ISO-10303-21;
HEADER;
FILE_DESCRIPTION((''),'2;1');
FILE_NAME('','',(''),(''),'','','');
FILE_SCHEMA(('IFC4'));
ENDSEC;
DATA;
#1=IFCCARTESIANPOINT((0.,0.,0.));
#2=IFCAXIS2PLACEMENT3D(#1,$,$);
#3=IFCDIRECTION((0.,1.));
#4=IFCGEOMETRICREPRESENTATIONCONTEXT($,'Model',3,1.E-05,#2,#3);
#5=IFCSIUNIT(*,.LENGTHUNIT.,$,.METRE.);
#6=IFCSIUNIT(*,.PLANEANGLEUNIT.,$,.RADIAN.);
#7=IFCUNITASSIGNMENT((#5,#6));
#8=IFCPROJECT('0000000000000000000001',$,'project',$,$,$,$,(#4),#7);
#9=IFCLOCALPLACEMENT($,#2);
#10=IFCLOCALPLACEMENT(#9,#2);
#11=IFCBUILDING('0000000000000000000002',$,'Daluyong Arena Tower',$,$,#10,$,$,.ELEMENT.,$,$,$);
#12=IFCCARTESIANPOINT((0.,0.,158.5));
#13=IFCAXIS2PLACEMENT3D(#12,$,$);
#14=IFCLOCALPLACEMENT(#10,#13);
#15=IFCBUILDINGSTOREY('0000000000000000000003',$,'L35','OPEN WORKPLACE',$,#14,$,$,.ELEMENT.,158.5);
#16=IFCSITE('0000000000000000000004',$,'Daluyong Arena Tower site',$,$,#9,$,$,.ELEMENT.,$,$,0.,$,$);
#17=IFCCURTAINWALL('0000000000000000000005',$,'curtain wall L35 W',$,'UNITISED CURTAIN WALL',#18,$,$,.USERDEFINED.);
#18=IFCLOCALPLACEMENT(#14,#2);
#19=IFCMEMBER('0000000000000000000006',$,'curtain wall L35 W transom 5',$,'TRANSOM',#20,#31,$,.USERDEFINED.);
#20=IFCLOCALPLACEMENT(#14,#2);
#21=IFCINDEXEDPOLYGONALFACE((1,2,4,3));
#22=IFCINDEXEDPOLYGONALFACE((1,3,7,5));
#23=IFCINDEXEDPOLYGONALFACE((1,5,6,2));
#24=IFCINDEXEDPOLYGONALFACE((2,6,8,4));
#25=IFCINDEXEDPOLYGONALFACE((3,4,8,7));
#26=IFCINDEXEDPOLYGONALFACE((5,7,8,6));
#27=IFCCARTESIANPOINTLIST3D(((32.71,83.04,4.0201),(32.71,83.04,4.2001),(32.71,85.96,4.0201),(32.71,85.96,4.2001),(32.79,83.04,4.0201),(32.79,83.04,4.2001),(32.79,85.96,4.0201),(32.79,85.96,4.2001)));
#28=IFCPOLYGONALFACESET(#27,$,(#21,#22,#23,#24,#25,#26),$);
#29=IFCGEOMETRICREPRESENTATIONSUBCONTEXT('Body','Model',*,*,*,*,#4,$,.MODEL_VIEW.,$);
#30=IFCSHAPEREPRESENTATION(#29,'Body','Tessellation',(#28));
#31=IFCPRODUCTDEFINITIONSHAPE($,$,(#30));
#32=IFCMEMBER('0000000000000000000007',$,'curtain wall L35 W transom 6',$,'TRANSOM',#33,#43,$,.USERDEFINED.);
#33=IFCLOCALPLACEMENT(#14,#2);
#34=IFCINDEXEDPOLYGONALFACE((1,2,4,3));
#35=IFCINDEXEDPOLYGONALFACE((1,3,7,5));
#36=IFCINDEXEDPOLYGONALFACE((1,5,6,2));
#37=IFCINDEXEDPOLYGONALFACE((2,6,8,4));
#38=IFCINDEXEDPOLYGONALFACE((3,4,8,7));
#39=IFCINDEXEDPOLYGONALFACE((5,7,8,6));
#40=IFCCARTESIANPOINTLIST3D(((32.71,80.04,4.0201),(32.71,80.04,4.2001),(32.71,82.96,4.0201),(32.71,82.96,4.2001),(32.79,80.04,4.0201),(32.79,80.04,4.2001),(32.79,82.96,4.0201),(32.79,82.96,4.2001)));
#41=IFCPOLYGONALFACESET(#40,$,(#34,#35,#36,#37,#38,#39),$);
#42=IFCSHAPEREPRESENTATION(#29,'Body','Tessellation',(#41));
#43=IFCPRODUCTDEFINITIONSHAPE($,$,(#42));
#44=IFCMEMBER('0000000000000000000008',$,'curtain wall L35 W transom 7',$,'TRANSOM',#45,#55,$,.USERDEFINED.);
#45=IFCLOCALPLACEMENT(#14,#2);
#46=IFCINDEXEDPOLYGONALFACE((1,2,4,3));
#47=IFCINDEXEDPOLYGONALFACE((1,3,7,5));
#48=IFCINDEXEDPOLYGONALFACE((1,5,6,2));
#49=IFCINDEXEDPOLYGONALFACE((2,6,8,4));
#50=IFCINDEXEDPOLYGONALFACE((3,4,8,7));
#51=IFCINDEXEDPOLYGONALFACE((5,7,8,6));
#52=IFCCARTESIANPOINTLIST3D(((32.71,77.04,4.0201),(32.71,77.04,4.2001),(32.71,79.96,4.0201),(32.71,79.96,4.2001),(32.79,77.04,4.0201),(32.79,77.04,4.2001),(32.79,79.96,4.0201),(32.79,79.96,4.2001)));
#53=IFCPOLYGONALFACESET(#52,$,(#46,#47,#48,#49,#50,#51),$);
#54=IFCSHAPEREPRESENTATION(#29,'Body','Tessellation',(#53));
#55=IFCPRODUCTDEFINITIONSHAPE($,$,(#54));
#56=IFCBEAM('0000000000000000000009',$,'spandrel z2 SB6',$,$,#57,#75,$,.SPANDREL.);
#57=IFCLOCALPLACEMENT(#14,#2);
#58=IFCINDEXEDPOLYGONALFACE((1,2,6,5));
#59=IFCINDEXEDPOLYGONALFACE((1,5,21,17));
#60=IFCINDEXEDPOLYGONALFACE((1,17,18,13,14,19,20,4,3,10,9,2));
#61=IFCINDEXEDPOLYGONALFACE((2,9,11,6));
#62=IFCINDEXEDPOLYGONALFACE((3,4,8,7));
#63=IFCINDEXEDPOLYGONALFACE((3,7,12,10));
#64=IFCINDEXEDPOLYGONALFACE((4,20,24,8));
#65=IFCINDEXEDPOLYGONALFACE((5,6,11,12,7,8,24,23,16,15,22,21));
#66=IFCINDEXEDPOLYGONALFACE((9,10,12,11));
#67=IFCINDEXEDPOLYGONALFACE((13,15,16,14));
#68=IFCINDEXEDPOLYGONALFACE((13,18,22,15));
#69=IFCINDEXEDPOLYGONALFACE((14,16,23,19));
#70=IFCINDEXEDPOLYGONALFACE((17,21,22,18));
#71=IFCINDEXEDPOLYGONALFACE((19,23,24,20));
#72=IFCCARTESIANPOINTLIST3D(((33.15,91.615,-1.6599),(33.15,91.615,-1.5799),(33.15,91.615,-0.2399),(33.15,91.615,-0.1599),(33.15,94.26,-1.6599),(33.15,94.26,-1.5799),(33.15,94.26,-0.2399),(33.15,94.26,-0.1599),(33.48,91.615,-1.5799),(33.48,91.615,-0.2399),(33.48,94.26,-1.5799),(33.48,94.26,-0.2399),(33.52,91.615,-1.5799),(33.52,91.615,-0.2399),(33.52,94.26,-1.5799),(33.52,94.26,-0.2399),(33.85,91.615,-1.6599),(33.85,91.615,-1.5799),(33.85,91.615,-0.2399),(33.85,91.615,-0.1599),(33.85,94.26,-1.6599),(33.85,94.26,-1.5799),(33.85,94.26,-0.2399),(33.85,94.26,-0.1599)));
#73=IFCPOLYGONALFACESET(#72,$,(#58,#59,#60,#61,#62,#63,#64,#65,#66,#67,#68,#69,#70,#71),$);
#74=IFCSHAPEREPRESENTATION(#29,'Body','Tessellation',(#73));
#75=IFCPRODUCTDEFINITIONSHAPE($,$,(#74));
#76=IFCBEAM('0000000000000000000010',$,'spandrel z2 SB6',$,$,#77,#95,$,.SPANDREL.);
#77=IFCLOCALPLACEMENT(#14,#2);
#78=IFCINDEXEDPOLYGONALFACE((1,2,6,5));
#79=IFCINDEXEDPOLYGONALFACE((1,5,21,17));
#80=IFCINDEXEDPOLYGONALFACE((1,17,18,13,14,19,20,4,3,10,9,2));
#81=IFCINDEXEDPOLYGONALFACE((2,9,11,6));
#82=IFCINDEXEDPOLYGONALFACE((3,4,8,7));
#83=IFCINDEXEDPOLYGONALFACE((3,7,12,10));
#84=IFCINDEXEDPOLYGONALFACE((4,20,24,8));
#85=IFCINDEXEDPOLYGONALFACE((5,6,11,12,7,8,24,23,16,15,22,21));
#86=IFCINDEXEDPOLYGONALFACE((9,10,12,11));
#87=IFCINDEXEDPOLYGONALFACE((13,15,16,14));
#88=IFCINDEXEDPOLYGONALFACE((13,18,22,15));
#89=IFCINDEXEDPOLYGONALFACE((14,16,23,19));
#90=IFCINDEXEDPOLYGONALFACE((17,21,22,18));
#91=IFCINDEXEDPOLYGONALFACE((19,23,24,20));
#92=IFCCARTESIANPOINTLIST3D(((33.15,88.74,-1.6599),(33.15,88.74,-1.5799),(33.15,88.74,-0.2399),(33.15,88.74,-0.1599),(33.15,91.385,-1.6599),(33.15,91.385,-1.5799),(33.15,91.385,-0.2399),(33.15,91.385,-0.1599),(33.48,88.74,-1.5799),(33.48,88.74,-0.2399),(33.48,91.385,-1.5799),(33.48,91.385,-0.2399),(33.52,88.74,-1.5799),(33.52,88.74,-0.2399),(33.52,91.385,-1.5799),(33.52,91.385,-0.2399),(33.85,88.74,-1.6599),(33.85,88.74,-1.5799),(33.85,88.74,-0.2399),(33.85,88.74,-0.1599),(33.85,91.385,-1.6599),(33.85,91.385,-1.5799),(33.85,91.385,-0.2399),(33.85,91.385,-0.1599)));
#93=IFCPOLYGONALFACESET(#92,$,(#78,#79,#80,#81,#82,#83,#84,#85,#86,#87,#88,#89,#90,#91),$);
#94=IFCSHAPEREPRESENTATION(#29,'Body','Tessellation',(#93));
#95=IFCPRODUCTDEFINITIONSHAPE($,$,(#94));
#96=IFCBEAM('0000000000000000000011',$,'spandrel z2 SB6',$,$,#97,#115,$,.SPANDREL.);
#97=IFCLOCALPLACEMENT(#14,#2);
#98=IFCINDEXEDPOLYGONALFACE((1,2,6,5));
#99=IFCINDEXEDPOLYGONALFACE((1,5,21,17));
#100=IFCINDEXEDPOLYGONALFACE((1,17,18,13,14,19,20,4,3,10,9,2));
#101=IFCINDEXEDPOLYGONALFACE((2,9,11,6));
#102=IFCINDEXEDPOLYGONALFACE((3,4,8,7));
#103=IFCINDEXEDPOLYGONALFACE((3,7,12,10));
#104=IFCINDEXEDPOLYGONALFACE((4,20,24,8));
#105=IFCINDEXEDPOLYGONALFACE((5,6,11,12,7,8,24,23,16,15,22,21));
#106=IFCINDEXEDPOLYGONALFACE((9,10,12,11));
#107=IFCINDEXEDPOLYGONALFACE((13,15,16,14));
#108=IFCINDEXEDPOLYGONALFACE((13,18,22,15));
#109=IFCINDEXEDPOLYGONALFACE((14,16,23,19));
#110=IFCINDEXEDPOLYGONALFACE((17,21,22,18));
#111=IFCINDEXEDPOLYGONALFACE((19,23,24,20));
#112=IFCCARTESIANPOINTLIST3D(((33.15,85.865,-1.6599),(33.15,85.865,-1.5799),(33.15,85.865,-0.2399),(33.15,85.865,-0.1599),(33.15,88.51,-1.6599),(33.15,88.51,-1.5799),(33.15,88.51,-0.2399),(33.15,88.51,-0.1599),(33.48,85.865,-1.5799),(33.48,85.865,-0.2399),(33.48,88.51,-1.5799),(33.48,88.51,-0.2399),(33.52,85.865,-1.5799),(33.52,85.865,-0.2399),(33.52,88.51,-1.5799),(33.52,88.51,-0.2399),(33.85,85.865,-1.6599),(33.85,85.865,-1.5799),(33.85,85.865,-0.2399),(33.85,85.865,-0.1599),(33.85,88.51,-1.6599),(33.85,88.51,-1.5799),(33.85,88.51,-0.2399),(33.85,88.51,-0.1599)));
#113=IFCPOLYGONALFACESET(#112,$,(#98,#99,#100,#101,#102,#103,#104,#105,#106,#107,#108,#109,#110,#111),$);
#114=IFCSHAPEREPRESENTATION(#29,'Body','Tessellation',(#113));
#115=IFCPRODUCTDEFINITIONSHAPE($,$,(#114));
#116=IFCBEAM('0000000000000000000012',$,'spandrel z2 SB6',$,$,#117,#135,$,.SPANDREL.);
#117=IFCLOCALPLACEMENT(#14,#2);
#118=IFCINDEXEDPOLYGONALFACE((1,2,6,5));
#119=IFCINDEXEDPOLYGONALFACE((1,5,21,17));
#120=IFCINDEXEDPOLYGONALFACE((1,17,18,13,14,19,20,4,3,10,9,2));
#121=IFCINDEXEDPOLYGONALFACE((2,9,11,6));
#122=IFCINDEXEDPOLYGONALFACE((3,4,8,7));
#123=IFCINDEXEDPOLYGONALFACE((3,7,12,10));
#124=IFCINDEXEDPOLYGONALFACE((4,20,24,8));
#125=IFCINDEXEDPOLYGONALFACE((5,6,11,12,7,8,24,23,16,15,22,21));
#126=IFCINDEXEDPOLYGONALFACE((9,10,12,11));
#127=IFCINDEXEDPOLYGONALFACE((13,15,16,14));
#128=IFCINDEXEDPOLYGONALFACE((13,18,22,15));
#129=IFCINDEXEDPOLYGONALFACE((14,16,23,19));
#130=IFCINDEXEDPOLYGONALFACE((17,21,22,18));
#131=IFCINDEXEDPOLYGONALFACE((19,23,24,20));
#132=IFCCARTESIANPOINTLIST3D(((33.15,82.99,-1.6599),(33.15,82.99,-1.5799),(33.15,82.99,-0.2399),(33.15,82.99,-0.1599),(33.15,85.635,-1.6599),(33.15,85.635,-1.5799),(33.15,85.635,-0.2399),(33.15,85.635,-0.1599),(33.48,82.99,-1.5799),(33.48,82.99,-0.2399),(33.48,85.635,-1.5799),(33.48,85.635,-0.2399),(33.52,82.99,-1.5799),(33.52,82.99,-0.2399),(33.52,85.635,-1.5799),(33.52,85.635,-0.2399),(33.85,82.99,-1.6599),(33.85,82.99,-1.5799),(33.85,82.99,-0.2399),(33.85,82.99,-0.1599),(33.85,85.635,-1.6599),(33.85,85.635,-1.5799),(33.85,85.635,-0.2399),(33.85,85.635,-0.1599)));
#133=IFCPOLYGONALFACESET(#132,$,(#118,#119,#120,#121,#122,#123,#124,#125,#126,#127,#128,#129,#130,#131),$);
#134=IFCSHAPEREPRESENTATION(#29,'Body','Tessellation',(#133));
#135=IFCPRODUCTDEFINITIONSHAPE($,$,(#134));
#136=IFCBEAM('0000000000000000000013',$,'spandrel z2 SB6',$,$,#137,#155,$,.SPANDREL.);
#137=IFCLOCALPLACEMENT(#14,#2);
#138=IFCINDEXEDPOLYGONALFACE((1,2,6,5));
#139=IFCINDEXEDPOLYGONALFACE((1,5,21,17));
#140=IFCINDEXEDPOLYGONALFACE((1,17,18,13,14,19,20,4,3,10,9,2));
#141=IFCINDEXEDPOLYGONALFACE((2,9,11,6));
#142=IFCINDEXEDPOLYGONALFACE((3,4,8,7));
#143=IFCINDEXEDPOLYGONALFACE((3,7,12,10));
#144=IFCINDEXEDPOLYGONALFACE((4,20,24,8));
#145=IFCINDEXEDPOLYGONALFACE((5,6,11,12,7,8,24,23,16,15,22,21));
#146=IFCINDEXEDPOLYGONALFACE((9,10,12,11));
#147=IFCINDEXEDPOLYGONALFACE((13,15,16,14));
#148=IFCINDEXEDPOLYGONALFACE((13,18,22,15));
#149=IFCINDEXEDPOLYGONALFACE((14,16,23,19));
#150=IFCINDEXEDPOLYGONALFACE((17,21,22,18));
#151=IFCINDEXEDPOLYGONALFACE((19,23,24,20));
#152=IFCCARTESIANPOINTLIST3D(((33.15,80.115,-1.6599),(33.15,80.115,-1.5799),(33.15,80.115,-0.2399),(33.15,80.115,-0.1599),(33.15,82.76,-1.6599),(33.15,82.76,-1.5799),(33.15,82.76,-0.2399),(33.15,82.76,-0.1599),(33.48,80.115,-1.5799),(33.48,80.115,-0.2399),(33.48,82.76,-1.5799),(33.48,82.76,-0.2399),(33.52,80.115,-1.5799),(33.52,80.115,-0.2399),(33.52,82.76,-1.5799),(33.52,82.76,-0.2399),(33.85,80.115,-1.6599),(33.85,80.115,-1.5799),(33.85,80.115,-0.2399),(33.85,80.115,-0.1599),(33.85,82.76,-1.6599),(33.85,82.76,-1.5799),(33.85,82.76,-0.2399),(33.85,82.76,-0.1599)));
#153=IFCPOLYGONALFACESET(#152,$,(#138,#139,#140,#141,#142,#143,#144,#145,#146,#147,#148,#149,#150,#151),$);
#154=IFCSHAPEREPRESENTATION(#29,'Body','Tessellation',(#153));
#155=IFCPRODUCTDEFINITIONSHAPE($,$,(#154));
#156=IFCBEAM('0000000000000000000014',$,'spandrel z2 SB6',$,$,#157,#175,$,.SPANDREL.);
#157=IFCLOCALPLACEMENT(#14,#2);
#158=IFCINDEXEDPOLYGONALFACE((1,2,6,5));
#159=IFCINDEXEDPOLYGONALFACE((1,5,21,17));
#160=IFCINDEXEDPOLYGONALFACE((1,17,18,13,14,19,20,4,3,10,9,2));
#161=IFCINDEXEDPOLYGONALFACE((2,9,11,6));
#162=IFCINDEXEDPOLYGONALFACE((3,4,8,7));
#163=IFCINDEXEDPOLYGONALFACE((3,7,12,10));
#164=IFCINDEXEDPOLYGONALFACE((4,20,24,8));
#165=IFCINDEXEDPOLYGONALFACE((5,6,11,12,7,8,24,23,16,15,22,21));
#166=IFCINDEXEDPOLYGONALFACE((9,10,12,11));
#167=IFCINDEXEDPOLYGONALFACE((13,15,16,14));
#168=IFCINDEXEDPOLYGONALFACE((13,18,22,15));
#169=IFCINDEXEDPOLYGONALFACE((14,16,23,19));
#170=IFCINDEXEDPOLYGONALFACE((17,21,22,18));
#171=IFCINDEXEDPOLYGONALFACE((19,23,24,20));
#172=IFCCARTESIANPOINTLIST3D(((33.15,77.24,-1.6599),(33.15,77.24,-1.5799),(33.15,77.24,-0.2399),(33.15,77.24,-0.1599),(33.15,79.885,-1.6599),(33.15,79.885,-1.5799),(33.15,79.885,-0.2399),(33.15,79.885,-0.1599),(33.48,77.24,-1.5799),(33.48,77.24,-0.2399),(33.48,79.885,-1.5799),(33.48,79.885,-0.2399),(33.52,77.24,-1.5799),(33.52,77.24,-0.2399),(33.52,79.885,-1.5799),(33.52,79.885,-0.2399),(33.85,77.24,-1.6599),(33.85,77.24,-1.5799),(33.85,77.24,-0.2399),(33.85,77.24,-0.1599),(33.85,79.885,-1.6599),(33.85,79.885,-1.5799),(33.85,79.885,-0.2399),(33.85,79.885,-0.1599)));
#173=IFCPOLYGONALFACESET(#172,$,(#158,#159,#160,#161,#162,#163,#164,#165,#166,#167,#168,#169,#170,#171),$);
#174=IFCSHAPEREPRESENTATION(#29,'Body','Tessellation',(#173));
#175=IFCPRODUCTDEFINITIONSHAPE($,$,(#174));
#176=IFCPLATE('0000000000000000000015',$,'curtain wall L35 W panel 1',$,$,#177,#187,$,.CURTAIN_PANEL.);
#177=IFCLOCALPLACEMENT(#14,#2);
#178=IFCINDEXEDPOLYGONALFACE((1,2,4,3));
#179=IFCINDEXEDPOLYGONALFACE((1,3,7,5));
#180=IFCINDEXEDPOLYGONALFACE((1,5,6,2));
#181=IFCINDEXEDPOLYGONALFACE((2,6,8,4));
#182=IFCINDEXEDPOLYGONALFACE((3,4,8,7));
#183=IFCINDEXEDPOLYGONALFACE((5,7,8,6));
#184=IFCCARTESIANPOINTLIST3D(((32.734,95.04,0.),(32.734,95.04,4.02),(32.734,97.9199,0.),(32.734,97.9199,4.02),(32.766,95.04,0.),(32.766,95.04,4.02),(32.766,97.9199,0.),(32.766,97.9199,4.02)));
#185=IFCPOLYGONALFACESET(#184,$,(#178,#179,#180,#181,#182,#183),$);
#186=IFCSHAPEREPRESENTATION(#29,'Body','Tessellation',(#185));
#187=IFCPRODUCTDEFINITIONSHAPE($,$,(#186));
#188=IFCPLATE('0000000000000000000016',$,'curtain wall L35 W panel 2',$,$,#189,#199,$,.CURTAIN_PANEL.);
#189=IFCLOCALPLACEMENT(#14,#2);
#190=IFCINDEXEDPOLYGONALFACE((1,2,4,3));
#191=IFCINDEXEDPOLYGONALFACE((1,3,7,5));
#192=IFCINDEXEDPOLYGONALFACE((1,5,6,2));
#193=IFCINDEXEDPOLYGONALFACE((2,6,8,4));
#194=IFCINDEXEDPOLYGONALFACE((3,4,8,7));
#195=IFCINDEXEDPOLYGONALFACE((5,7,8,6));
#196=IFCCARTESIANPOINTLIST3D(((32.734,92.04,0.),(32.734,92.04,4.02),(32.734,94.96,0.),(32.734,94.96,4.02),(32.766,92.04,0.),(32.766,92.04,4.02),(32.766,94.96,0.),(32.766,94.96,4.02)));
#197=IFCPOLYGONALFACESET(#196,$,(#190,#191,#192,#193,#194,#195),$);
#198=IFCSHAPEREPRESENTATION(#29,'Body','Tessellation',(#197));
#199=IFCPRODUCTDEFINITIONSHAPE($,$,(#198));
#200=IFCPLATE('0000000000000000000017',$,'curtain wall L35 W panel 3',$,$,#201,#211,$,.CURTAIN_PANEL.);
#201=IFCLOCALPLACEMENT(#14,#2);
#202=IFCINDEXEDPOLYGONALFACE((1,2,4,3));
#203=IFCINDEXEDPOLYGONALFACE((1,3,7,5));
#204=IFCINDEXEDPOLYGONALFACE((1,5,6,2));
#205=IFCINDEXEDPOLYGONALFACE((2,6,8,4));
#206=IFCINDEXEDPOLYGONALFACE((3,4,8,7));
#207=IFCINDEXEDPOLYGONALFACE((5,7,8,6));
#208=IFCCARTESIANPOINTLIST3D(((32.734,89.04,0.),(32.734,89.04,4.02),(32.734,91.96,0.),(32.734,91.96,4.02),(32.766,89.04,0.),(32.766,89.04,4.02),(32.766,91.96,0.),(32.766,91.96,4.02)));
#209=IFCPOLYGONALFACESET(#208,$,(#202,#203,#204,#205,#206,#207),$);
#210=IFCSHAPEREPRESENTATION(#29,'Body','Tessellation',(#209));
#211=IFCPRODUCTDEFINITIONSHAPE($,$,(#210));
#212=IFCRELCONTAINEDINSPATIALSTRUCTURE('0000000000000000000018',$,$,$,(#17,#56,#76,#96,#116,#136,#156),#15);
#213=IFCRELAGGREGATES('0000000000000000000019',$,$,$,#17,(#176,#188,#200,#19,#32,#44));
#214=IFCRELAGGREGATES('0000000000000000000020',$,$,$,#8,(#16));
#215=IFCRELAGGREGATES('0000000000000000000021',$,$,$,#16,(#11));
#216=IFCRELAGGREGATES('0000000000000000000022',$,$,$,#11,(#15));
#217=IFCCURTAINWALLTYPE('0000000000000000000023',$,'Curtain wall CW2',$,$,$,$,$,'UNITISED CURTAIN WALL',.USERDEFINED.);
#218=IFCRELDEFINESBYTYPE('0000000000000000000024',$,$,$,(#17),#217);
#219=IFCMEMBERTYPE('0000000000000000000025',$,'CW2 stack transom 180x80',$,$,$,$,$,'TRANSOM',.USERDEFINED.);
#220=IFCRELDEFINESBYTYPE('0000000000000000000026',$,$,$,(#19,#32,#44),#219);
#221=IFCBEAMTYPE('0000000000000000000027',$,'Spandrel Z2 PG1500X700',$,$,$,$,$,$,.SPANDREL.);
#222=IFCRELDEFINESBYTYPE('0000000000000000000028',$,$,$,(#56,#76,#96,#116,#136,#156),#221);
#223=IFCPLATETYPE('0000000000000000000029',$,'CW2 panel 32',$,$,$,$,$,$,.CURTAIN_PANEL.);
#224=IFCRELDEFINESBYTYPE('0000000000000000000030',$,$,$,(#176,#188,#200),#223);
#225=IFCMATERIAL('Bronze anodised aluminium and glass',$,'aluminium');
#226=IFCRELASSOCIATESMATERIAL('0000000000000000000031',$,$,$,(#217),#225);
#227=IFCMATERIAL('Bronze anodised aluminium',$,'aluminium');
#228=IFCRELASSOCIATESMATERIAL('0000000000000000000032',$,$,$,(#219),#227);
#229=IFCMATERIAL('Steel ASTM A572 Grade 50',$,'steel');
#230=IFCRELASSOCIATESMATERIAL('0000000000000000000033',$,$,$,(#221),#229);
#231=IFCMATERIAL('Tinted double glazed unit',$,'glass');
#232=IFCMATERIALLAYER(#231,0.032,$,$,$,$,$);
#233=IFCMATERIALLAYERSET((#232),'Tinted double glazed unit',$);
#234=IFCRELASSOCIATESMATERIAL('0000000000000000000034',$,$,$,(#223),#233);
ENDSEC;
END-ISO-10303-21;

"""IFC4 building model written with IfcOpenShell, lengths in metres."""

from ifc_helpers import new_model, si_unit, direction, frame, origin, origin_2d, place, context, subcontext, project, spatial, rectangle, i_section, extrude, material, layer, layer_set, material_profile, profile_set, type_object, element, aggregate, save


model = new_model("IFC4")

# Units and contexts
model_context = context("Model", 3, precision=1e-05, world=origin(), true_north=direction((0.0, 1.0)))
body_context = subcontext(model_context, "Body", "Model", "MODEL_VIEW")
ifc_project = project(units=[si_unit("LENGTHUNIT", "METRE"), si_unit("PLANEANGLEUNIT", "RADIAN")], contexts=[model_context])

# Site, building, storey
site_placement = place(None, origin())
site = spatial("IfcSite", under=ifc_project, at=site_placement, Name="Daluyong Arena Tower site", CompositionType="ELEMENT", RefElevation=0.0)
building_placement = place(site_placement, origin())
building = spatial("IfcBuilding", under=site, at=building_placement, Name="Daluyong Arena Tower", CompositionType="ELEMENT")
storey_placement = place(building_placement, frame((0.0, 0.0, 158.5)))
storey = spatial("IfcBuildingStorey", under=building, at=storey_placement, Name="L35", Description="OPEN WORKPLACE", CompositionType="ELEMENT", Elevation=158.5)

# Curtain wall, members
ifc_material_1 = material(Name="Bronze anodised aluminium and glass", Category="aluminium")
curtain_wall_type = type_object("IfcCurtainWallType", Name="Curtain wall CW2", ElementType="UNITISED CURTAIN WALL", PredefinedType="USERDEFINED", material=ifc_material_1)
curtain_wall_placement = place(storey_placement, origin())
curtain_wall = element("IfcCurtainWall", 1, at=curtain_wall_placement, inside=storey, type_object=curtain_wall_type, Name="curtain wall L35 W", ObjectType="UNITISED CURTAIN WALL", PredefinedType="USERDEFINED")
ifc_material_2 = material(Name="Bronze anodised aluminium", Category="aluminium")
ifc_material_profile_1 = material_profile(ifc_material_2, rectangle(XDim=0.0801, YDim=0.1799, at=origin_2d()))
ifc_profile_set_1 = profile_set([ifc_material_profile_1], Name="Bronze anodised aluminium")
member_type_1 = type_object("IfcMemberType", Name="CW2 stack transom 180x80", ElementType="TRANSOM", PredefinedType="USERDEFINED", material=ifc_profile_set_1)
member_1_placement = place(storey_placement, frame((32.75, 85.96, 4.1101), z_axis=(0.0, -1.0, 0.0), x_axis=(1.0, 0.0, 0.0)))
member_1 = element("IfcMember", 2, at=member_1_placement, type_object=member_type_1, Name="curtain wall L35 W transom 5", ObjectType="TRANSOM", PredefinedType="USERDEFINED", context=body_context, shape_type="SweptSolid", body=[
    extrude(rectangle(XDim=0.0801, YDim=0.1799, at=origin_2d()), origin(), (0.0, 0.0, 1.0), 2.9199),
])
member_2_placement = place(storey_placement, frame((32.75, 82.96, 4.1101), z_axis=(0.0, -1.0, 0.0), x_axis=(1.0, 0.0, 0.0)))
member_2 = element("IfcMember", 3, at=member_2_placement, type_object=member_type_1, Name="curtain wall L35 W transom 6", ObjectType="TRANSOM", PredefinedType="USERDEFINED", context=body_context, shape_type="SweptSolid", body=[
    extrude(rectangle(XDim=0.0801, YDim=0.1799, at=origin_2d()), origin(), (0.0, 0.0, 1.0), 2.9199),
])
member_3_placement = place(storey_placement, frame((32.75, 79.96, 4.1101), z_axis=(0.0, -1.0, 0.0), x_axis=(1.0, 0.0, 0.0)))
member_3 = element("IfcMember", 4, at=member_3_placement, type_object=member_type_1, Name="curtain wall L35 W transom 7", ObjectType="TRANSOM", PredefinedType="USERDEFINED", context=body_context, shape_type="SweptSolid", body=[
    extrude(rectangle(XDim=0.0801, YDim=0.1799, at=origin_2d()), origin(), (0.0, 0.0, 1.0), 2.9199),
])

# Beams
ifc_material_3 = material(Name="Steel ASTM A572 Grade 50", Category="steel")
ifc_material_profile_2 = material_profile(ifc_material_3, i_section(OverallWidth=0.7, OverallDepth=1.5, WebThickness=0.04, FlangeThickness=0.08, at=origin_2d()))
ifc_profile_set_2 = profile_set([ifc_material_profile_2], Name="Steel ASTM A572 Grade 50")
beam_type = type_object("IfcBeamType", Name="Spandrel Z2 PG1500X700", PredefinedType="SPANDREL", material=ifc_profile_set_2)
for number, where, z_axis, x_axis, name in (
    (5, (33.5, 94.26, -0.9099), (0.0, -1.0, 0.0), (1.0, 0.0, 0.0), "spandrel z2 SB6"),
    (6, (33.5, 91.385, -0.9099), (0.0, -1.0, 0.0), (1.0, 0.0, 0.0), "spandrel z2 SB6"),
    (7, (33.5, 88.51, -0.9099), (0.0, -1.0, 0.0), (1.0, 0.0, 0.0), "spandrel z2 SB6"),
    (8, (33.5, 85.635, -0.9099), (0.0, -1.0, 0.0), (1.0, 0.0, 0.0), "spandrel z2 SB6"),
    (9, (33.5, 82.76, -0.9099), (0.0, -1.0, 0.0), (1.0, 0.0, 0.0), "spandrel z2 SB6"),
    (10, (33.5, 79.885, -0.9099), (0.0, -1.0, 0.0), (1.0, 0.0, 0.0), "spandrel z2 SB6"),
):
    element("IfcBeam", number, at=place(storey_placement, frame(where, z_axis=z_axis, x_axis=x_axis)), inside=storey, type_object=beam_type, Name=name, PredefinedType="SPANDREL", context=body_context, shape_type="SweptSolid", body=[
        extrude(i_section(OverallWidth=0.7, OverallDepth=1.5, WebThickness=0.04, FlangeThickness=0.08, at=origin_2d()), origin(), (0.0, 0.0, 1.0), 2.645),
    ])

# Plates
ifc_material_4 = material(Name="Tinted double glazed unit", Category="glass")
ifc_layer = layer(ifc_material_4, 0.032)
ifc_layer_set = layer_set([ifc_layer], Name="Tinted double glazed unit")
plate_type = type_object("IfcPlateType", Name="CW2 panel 32", PredefinedType="CURTAIN_PANEL", material=ifc_layer_set)
plate_1_placement = place(storey_placement, frame((32.75, 96.48, 0.0), z_axis=(0.0, 0.0, 1.0), x_axis=(0.0, -1.0, 0.0)))
plate_1 = element("IfcPlate", 11, at=plate_1_placement, type_object=plate_type, Name="curtain wall L35 W panel 1", PredefinedType="CURTAIN_PANEL", context=body_context, shape_type="SweptSolid", body=[
    extrude(rectangle(XDim=2.8799, YDim=0.032, at=origin_2d()), origin(), (0.0, 0.0, 1.0), 4.02),
])
plate_2_placement = place(storey_placement, frame((32.75, 93.5, 0.0), z_axis=(0.0, 0.0, 1.0), x_axis=(0.0, -1.0, 0.0)))
plate_2 = element("IfcPlate", 12, at=plate_2_placement, type_object=plate_type, Name="curtain wall L35 W panel 2", PredefinedType="CURTAIN_PANEL", context=body_context, shape_type="SweptSolid", body=[
    extrude(rectangle(XDim=2.9199, YDim=0.032, at=origin_2d()), origin(), (0.0, 0.0, 1.0), 4.02),
])
plate_3_placement = place(storey_placement, frame((32.75, 90.5, 0.0), z_axis=(0.0, 0.0, 1.0), x_axis=(0.0, -1.0, 0.0)))
plate_3 = element("IfcPlate", 13, at=plate_3_placement, type_object=plate_type, Name="curtain wall L35 W panel 3", PredefinedType="CURTAIN_PANEL", context=body_context, shape_type="SweptSolid", body=[
    extrude(rectangle(XDim=2.9199, YDim=0.032, at=origin_2d()), origin(), (0.0, 0.0, 1.0), 4.02),
])
aggregate(curtain_wall, [plate_1, plate_2, plate_3, member_1, member_2, member_3])

save(model, "model.ifc")
